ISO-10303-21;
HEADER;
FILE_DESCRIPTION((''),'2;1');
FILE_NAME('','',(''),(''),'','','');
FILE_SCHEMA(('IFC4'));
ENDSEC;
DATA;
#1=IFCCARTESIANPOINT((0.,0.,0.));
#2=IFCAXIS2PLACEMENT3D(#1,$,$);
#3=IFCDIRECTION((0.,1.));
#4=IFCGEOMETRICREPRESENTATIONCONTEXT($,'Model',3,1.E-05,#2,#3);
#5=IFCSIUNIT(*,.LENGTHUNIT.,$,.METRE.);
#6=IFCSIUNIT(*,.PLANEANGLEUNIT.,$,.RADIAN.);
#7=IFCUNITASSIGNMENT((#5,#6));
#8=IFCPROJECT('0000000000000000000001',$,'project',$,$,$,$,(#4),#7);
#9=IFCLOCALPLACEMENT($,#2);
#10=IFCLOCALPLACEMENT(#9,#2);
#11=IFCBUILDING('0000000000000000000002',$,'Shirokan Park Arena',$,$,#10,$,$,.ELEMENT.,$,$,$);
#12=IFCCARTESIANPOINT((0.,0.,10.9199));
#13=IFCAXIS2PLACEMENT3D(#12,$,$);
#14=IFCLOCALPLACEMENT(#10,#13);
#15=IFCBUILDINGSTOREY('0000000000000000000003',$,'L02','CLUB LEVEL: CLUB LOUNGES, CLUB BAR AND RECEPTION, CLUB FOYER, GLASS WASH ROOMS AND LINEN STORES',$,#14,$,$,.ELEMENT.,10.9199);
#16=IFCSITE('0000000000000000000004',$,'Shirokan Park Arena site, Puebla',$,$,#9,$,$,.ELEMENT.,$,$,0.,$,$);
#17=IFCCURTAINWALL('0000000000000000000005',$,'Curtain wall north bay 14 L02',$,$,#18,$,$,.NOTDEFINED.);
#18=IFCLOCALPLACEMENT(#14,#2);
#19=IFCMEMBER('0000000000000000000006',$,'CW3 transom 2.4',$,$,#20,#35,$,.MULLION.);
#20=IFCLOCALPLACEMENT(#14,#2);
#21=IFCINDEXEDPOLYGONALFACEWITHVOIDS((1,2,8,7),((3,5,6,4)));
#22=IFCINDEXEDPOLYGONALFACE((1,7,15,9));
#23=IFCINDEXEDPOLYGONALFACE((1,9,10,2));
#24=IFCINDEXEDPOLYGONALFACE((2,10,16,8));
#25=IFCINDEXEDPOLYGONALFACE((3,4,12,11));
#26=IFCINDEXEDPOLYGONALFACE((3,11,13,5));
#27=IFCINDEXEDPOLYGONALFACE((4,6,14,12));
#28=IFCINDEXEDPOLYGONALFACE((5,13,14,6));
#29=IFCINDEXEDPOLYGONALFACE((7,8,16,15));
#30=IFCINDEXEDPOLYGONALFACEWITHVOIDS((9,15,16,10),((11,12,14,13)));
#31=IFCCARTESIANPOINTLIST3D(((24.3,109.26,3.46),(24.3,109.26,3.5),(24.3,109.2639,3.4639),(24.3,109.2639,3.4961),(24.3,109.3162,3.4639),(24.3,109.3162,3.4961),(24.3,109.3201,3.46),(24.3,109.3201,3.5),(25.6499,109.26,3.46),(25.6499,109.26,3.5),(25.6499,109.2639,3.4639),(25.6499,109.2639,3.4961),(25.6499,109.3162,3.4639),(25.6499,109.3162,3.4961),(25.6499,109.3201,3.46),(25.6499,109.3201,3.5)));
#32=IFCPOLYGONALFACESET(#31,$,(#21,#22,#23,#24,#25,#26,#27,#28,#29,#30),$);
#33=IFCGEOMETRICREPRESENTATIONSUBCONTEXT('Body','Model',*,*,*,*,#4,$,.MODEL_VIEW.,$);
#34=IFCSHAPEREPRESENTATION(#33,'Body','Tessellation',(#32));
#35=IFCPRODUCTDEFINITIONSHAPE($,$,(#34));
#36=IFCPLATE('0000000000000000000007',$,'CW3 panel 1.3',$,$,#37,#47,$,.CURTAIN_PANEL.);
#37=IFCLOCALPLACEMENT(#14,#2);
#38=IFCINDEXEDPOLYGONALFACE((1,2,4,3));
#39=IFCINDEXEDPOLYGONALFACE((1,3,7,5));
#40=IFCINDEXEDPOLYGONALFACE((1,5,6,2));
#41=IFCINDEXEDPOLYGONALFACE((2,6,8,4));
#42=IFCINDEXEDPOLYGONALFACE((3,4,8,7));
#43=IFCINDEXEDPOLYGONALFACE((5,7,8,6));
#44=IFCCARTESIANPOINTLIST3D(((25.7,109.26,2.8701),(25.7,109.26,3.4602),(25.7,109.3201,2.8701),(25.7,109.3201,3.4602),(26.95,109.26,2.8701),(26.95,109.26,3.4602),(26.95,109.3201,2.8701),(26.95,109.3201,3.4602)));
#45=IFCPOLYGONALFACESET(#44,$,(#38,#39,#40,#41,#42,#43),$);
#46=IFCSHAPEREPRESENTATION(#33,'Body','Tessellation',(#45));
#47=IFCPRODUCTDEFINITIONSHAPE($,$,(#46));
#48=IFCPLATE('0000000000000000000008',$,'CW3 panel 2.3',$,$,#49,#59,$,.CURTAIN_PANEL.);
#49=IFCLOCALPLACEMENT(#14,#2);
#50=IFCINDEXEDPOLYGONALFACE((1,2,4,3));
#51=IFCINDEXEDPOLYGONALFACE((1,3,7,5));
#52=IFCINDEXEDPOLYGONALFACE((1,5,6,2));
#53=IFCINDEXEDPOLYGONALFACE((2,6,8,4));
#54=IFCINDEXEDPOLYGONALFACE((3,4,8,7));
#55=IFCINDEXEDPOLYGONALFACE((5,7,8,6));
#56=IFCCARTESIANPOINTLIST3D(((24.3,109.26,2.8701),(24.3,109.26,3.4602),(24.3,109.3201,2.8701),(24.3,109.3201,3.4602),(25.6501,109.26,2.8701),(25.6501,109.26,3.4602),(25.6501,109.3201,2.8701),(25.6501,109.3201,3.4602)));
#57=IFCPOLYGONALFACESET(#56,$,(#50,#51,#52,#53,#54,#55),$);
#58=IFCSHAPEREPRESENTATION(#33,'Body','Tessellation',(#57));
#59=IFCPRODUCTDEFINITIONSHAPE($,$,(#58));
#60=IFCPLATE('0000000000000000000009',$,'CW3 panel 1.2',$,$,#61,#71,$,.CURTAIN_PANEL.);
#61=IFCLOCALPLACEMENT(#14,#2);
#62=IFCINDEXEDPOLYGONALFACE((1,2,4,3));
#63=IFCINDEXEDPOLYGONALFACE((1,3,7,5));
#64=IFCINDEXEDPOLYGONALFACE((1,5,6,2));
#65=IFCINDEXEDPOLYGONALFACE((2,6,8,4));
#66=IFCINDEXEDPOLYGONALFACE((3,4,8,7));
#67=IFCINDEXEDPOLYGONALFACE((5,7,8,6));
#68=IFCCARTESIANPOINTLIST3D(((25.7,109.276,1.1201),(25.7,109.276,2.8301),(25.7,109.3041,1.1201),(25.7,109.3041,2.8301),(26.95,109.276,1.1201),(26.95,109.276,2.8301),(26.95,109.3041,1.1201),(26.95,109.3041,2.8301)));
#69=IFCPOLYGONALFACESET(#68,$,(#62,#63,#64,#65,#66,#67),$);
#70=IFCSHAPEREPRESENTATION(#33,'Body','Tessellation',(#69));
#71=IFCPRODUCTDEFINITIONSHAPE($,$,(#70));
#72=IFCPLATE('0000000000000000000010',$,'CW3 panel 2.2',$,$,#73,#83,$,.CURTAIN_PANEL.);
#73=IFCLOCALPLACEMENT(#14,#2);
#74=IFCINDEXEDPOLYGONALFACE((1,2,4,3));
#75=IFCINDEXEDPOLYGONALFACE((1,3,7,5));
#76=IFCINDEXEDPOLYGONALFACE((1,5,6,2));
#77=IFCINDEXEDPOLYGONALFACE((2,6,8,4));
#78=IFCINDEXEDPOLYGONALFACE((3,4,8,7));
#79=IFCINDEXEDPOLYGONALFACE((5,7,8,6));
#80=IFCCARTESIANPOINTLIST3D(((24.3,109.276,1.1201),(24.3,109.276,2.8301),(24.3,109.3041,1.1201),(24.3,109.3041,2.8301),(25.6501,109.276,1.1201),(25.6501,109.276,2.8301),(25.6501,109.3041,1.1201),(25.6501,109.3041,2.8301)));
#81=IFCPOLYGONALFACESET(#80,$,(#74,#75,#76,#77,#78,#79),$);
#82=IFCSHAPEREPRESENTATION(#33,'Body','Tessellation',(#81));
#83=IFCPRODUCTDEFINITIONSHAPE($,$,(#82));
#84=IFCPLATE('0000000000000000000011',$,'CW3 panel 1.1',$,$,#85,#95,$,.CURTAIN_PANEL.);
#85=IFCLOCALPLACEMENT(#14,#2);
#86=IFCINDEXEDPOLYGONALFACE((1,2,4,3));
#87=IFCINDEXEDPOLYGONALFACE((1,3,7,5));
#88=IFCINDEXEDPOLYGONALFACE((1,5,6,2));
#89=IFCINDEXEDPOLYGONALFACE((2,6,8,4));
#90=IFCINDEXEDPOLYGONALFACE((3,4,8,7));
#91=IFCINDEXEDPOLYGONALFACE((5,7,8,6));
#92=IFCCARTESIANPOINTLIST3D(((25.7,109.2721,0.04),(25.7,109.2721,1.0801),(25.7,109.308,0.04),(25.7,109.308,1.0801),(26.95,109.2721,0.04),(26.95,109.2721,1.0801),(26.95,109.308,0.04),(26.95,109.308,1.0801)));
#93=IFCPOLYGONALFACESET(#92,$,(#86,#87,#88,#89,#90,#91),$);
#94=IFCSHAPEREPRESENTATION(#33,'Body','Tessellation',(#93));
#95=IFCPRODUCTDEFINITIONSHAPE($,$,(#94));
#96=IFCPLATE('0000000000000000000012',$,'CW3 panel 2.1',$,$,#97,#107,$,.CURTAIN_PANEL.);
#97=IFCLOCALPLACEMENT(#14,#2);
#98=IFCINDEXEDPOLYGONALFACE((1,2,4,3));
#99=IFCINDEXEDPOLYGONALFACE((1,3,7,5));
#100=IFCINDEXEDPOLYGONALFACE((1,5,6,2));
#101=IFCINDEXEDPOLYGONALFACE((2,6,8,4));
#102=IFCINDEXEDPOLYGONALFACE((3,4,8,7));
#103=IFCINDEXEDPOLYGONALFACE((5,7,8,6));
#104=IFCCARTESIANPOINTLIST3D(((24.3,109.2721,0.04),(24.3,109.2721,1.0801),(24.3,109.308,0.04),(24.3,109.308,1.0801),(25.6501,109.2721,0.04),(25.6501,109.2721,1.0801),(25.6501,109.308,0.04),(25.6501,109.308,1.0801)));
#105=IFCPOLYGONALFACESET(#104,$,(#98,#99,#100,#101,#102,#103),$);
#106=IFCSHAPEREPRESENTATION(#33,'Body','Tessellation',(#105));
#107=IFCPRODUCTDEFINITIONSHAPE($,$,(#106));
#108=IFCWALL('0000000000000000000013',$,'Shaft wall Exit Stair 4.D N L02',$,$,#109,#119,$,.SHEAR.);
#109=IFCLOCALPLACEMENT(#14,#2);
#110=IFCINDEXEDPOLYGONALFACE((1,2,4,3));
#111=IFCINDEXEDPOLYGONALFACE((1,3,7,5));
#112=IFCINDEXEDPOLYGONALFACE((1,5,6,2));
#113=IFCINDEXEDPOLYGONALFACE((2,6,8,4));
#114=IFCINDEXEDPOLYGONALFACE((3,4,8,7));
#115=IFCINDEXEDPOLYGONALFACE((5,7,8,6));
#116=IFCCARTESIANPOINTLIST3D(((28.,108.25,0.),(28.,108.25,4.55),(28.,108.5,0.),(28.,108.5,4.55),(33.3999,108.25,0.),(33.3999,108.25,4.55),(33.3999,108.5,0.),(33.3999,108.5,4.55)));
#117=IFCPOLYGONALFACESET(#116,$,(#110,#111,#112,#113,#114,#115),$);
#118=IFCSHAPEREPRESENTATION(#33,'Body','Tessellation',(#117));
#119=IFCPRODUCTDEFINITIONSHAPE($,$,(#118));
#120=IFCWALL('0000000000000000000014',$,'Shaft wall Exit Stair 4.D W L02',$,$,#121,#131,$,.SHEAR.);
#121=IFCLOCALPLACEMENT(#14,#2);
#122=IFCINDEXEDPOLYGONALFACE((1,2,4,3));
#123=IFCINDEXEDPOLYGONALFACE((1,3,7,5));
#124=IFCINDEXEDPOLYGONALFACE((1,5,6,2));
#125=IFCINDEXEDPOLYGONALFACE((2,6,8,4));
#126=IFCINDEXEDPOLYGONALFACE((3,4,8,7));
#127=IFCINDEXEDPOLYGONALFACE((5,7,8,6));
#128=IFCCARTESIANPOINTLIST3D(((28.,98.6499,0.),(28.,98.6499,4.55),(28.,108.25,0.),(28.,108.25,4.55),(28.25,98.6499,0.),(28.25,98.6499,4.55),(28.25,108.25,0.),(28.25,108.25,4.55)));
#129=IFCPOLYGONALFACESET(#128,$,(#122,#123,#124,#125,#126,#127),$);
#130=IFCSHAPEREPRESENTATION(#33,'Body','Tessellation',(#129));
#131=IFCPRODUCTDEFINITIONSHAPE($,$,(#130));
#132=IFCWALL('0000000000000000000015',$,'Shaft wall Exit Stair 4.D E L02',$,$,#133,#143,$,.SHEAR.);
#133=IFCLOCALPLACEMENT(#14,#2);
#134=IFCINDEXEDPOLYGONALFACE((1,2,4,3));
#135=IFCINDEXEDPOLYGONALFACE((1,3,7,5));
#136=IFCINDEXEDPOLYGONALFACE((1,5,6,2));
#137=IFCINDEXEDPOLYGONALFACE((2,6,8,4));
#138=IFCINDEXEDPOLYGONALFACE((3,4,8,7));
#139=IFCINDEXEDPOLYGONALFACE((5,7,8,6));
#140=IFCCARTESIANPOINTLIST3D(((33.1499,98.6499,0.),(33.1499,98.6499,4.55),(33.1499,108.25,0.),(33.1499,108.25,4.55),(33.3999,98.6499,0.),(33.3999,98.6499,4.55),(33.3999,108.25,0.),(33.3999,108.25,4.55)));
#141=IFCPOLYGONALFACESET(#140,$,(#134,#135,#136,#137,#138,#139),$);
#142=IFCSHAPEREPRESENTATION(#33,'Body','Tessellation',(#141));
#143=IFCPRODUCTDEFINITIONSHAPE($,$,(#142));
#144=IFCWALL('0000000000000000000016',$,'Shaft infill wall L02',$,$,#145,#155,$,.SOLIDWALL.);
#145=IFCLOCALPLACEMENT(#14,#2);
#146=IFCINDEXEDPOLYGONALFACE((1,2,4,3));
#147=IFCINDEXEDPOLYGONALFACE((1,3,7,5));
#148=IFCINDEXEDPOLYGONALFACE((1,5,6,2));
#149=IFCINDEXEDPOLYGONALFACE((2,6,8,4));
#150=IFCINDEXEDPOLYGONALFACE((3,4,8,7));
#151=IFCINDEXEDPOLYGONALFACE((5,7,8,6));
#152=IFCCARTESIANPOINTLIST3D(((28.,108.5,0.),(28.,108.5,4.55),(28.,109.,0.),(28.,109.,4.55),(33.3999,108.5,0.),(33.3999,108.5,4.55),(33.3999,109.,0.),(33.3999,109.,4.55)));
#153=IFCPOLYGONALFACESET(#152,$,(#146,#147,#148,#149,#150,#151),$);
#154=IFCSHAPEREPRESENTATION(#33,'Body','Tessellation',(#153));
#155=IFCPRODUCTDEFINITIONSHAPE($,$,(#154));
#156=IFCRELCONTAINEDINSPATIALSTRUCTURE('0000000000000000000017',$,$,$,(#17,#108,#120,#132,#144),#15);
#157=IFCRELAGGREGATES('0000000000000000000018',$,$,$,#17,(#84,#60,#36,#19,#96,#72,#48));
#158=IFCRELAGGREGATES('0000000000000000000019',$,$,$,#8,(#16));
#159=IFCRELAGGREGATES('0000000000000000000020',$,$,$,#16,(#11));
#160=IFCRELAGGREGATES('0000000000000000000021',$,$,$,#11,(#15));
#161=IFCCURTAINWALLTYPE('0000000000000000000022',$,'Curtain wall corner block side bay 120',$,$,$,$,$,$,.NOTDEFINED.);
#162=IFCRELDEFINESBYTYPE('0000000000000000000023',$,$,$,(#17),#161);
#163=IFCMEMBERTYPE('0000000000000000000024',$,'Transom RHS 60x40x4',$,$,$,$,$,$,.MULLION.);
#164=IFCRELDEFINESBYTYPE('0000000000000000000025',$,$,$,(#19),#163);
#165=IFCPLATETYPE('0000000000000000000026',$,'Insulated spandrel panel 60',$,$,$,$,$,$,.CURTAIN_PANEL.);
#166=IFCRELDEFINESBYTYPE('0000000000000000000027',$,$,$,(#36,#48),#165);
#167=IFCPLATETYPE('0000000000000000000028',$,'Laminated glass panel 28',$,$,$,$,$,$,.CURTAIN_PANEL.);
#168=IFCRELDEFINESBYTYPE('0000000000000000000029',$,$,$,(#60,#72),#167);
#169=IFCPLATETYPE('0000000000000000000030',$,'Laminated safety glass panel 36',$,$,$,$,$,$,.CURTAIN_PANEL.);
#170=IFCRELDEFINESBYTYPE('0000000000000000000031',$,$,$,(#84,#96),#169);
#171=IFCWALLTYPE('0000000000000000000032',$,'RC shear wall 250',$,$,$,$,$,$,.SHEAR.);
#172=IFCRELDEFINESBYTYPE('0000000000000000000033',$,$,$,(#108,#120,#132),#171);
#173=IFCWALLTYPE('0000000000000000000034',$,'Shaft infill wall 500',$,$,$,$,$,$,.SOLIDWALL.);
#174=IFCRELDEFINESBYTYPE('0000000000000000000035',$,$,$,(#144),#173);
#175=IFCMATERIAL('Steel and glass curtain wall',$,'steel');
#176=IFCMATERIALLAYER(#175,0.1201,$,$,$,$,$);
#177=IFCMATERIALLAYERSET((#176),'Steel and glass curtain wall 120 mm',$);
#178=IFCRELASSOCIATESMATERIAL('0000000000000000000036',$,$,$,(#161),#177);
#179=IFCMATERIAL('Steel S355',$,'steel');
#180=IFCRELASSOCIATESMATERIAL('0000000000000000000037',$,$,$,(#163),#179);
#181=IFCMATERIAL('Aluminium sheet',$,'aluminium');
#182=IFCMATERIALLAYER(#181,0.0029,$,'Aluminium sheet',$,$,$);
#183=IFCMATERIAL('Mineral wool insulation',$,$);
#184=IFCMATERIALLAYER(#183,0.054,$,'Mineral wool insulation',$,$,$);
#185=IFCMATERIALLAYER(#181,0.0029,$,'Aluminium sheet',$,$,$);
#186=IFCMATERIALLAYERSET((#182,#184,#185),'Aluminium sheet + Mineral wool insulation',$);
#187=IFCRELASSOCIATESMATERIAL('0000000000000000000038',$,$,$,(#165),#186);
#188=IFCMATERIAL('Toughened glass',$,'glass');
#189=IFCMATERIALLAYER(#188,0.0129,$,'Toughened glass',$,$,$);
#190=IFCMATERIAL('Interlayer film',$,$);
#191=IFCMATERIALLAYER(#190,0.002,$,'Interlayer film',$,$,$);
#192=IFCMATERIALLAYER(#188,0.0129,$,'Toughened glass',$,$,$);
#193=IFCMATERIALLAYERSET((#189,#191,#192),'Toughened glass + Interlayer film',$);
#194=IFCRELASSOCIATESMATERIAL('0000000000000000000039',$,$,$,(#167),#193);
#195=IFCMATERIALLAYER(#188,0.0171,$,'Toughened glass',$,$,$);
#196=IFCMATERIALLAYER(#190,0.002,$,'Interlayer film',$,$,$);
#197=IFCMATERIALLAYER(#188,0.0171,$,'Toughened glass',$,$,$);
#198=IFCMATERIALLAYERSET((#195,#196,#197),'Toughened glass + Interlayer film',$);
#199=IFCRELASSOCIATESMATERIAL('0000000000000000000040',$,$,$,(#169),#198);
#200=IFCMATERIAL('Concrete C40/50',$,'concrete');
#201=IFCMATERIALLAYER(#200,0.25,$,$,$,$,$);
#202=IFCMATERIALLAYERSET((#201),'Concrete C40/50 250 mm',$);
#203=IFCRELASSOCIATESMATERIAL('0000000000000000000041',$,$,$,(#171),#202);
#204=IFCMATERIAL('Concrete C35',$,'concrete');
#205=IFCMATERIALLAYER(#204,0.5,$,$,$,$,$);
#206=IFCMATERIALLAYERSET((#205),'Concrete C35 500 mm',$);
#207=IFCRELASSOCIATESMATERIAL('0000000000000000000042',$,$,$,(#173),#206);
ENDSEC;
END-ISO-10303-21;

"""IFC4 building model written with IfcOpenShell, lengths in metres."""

from ifc_helpers import new_model, si_unit, direction, frame, frame_2d, origin, origin_2d, place, context, subcontext, project, spatial, rectangle, hollow_rectangle, extrude, material, layer, layer_set, material_profile, profile_set, type_object, element, aggregate, save


model = new_model("IFC4")

# Units and contexts
model_context = context("Model", 3, precision=1e-05, world=origin(), true_north=direction((0.0, 1.0)))
body_context = subcontext(model_context, "Body", "Model", "MODEL_VIEW")
ifc_project = project(units=[si_unit("LENGTHUNIT", "METRE"), si_unit("PLANEANGLEUNIT", "RADIAN")], contexts=[model_context])

# Site, building, storey
site_placement = place(None, origin())
site = spatial("IfcSite", under=ifc_project, at=site_placement, Name="Shirokan Park Arena site, Puebla", CompositionType="ELEMENT", RefElevation=0.0)
building_placement = place(site_placement, origin())
building = spatial("IfcBuilding", under=site, at=building_placement, Name="Shirokan Park Arena", CompositionType="ELEMENT")
storey_placement = place(building_placement, frame((0.0, 0.0, 10.9199)))
storey = spatial("IfcBuildingStorey", under=building, at=storey_placement, Name="L02", Description="CLUB LEVEL: CLUB LOUNGES, CLUB BAR AND RECEPTION, CLUB FOYER, GLASS WASH ROOMS AND LINEN STORES", CompositionType="ELEMENT", Elevation=10.9199)

# Shared definitions
ifc_material_1 = material(Name="Concrete C35", Category="concrete")

# Curtain wall
ifc_material_2 = material(Name="Steel and glass curtain wall", Category="steel")
ifc_layer_1 = layer(ifc_material_2, 0.1201)
ifc_layer_set_1 = layer_set([ifc_layer_1], Name="Steel and glass curtain wall 120 mm")
curtain_wall_type = type_object("IfcCurtainWallType", Name="Curtain wall corner block side bay 120", PredefinedType="NOTDEFINED", material=ifc_layer_set_1)
curtain_wall_placement = place(storey_placement, origin())
curtain_wall = element("IfcCurtainWall", 1, at=curtain_wall_placement, inside=storey, type_object=curtain_wall_type, Name="Curtain wall north bay 14 L02", PredefinedType="NOTDEFINED")
ifc_material_3 = material(Name="Steel S355", Category="steel")

# Member
ifc_material_profile_1 = material_profile(ifc_material_3, hollow_rectangle(XDim=0.0601, YDim=0.04, WallThickness=0.0039, at=origin_2d()), Name="RHS 60x40x4")
ifc_profile_set_1 = profile_set([ifc_material_profile_1], Name="Steel S355")
member_type_1 = type_object("IfcMemberType", Name="Transom RHS 60x40x4", PredefinedType="MULLION", material=ifc_profile_set_1)
member_1_placement = place(storey_placement, frame((25.6499, 109.29, 3.48), z_axis=(-1.0, 0.0, 0.0), x_axis=(0.0, -1.0, 0.0)))
member_1 = element("IfcMember", 2, at=member_1_placement, type_object=member_type_1, Name="CW3 transom 2.4", PredefinedType="MULLION", context=body_context, shape_type="SweptSolid", body=[
    extrude(hollow_rectangle(XDim=0.0601, YDim=0.04, WallThickness=0.0039, at=origin_2d()), origin(), (0.0, 0.0, 1.0), 1.3499),
])

# Plates
ifc_material_4 = material(Name="Aluminium sheet", Category="aluminium")
ifc_layer_2 = layer(ifc_material_4, 0.0029, Name="Aluminium sheet")
ifc_material_5 = material(Name="Mineral wool insulation")
ifc_layer_3 = layer(ifc_material_5, 0.054, Name="Mineral wool insulation")
ifc_layer_4 = layer(ifc_material_4, 0.0029, Name="Aluminium sheet")
ifc_layer_set_2 = layer_set([ifc_layer_2, ifc_layer_3, ifc_layer_4], Name="Aluminium sheet + Mineral wool insulation")
plate_type_1 = type_object("IfcPlateType", Name="Insulated spandrel panel 60", PredefinedType="CURTAIN_PANEL", material=ifc_layer_set_2)
plate_1_placement = place(storey_placement, frame((26.325, 109.29, 2.8701), z_axis=(0.0, 0.0, 1.0), x_axis=(-1.0, 0.0, 0.0)))
plate_1 = element("IfcPlate", 3, at=plate_1_placement, type_object=plate_type_1, Name="CW3 panel 1.3", PredefinedType="CURTAIN_PANEL", context=body_context, shape_type="SweptSolid", body=[
    extrude(rectangle(XDim=1.25, YDim=0.0601, at=origin_2d()), origin(), (0.0, 0.0, 1.0), 0.5901),
])
plate_2_placement = place(storey_placement, frame((24.9751, 109.29, 2.8701), z_axis=(0.0, 0.0, 1.0), x_axis=(-1.0, 0.0, 0.0)))
plate_2 = element("IfcPlate", 4, at=plate_2_placement, type_object=plate_type_1, Name="CW3 panel 2.3", PredefinedType="CURTAIN_PANEL", context=body_context, shape_type="SweptSolid", body=[
    extrude(rectangle(XDim=1.3501, YDim=0.0601, at=origin_2d()), origin(), (0.0, 0.0, 1.0), 0.5901),
])
ifc_material_6 = material(Name="Toughened glass", Category="glass")
ifc_layer_5 = layer(ifc_material_6, 0.0129, Name="Toughened glass")
ifc_material_7 = material(Name="Interlayer film")
ifc_layer_6 = layer(ifc_material_7, 0.002, Name="Interlayer film")
ifc_layer_7 = layer(ifc_material_6, 0.0129, Name="Toughened glass")
ifc_layer_set_3 = layer_set([ifc_layer_5, ifc_layer_6, ifc_layer_7], Name="Toughened glass + Interlayer film")
plate_type_2 = type_object("IfcPlateType", Name="Laminated glass panel 28", PredefinedType="CURTAIN_PANEL", material=ifc_layer_set_3)
plate_3_placement = place(storey_placement, frame((26.325, 109.29, 1.1201), z_axis=(0.0, 0.0, 1.0), x_axis=(-1.0, 0.0, 0.0)))
plate_3 = element("IfcPlate", 5, at=plate_3_placement, type_object=plate_type_2, Name="CW3 panel 1.2", PredefinedType="CURTAIN_PANEL", context=body_context, shape_type="SweptSolid", body=[
    extrude(rectangle(XDim=1.25, YDim=0.0281, at=origin_2d()), origin(), (0.0, 0.0, 1.0), 1.71),
])
plate_4_placement = place(storey_placement, frame((24.9751, 109.29, 1.1201), z_axis=(0.0, 0.0, 1.0), x_axis=(-1.0, 0.0, 0.0)))
plate_4 = element("IfcPlate", 6, at=plate_4_placement, type_object=plate_type_2, Name="CW3 panel 2.2", PredefinedType="CURTAIN_PANEL", context=body_context, shape_type="SweptSolid", body=[
    extrude(rectangle(XDim=1.3501, YDim=0.0281, at=origin_2d()), origin(), (0.0, 0.0, 1.0), 1.71),
])
ifc_layer_8 = layer(ifc_material_6, 0.0171, Name="Toughened glass")
ifc_layer_9 = layer(ifc_material_7, 0.002, Name="Interlayer film")
ifc_layer_10 = layer(ifc_material_6, 0.0171, Name="Toughened glass")
ifc_layer_set_4 = layer_set([ifc_layer_8, ifc_layer_9, ifc_layer_10], Name="Toughened glass + Interlayer film")
plate_type_3 = type_object("IfcPlateType", Name="Laminated safety glass panel 36", PredefinedType="CURTAIN_PANEL", material=ifc_layer_set_4)
plate_5_placement = place(storey_placement, frame((26.325, 109.29, 0.04), z_axis=(0.0, 0.0, 1.0), x_axis=(-1.0, 0.0, 0.0)))
plate_5 = element("IfcPlate", 7, at=plate_5_placement, type_object=plate_type_3, Name="CW3 panel 1.1", PredefinedType="CURTAIN_PANEL", context=body_context, shape_type="SweptSolid", body=[
    extrude(rectangle(XDim=1.25, YDim=0.0359, at=origin_2d()), origin(), (0.0, 0.0, 1.0), 1.04),
])
plate_6_placement = place(storey_placement, frame((24.9751, 109.29, 0.04), z_axis=(0.0, 0.0, 1.0), x_axis=(-1.0, 0.0, 0.0)))
plate_6 = element("IfcPlate", 8, at=plate_6_placement, type_object=plate_type_3, Name="CW3 panel 2.1", PredefinedType="CURTAIN_PANEL", context=body_context, shape_type="SweptSolid", body=[
    extrude(rectangle(XDim=1.3501, YDim=0.0359, at=origin_2d()), origin(), (0.0, 0.0, 1.0), 1.04),
])
aggregate(curtain_wall, [plate_5, plate_3, plate_1, member_1, plate_6, plate_4, plate_2])

# Walls
ifc_material_8 = material(Name="Concrete C40/50", Category="concrete")
ifc_layer_11 = layer(ifc_material_8, 0.25)
ifc_layer_set_5 = layer_set([ifc_layer_11], Name="Concrete C40/50 250 mm")
wall_type_1 = type_object("IfcWallType", Name="RC shear wall 250", PredefinedType="SHEAR", material=ifc_layer_set_5)
wall_1_placement = place(storey_placement, frame((33.3999, 108.375, 0.0), z_axis=(0.0, 0.0, 1.0), x_axis=(-1.0, 0.0, 0.0)))
element("IfcWall", 9, at=wall_1_placement, inside=storey, type_object=wall_type_1, Name="Shaft wall Exit Stair 4.D N L02", PredefinedType="SHEAR", context=body_context, shape_type="SweptSolid", body=[
    extrude(rectangle(XDim=5.3999, YDim=0.25, at=frame_2d((2.7, 0.0))), origin(), (0.0, 0.0, 1.0), 4.55),
])
for number, where, z_axis, x_axis, name in (
    (10, (28.125, 108.25, 0.0), (0.0, 0.0, 1.0), (0.0, -1.0, 0.0), "Shaft wall Exit Stair 4.D W L02"),
    (11, (33.2749, 108.25, 0.0), (0.0, 0.0, 1.0), (0.0, -1.0, 0.0), "Shaft wall Exit Stair 4.D E L02"),
):
    element("IfcWall", number, at=place(storey_placement, frame(where, z_axis=z_axis, x_axis=x_axis)), inside=storey, type_object=wall_type_1, Name=name, PredefinedType="SHEAR", context=body_context, shape_type="SweptSolid", body=[
        extrude(rectangle(XDim=9.6001, YDim=0.25, at=frame_2d((4.8, 0.0))), origin(), (0.0, 0.0, 1.0), 4.55),
    ])
ifc_layer_12 = layer(ifc_material_1, 0.5)
ifc_layer_set_6 = layer_set([ifc_layer_12], Name="Concrete C35 500 mm")
wall_type_2 = type_object("IfcWallType", Name="Shaft infill wall 500", PredefinedType="SOLIDWALL", material=ifc_layer_set_6)
wall_2_placement = place(storey_placement, frame((28.0, 108.75, 0.0), z_axis=(0.0, 0.0, 1.0), x_axis=(1.0, 0.0, 0.0)))
element("IfcWall", 12, at=wall_2_placement, inside=storey, type_object=wall_type_2, Name="Shaft infill wall L02", PredefinedType="SOLIDWALL", context=body_context, shape_type="SweptSolid", body=[
    extrude(rectangle(XDim=5.3999, YDim=0.5, at=frame_2d((2.7, 0.0))), origin(), (0.0, 0.0, 1.0), 4.55),
])

save(model, "model.ifc")
